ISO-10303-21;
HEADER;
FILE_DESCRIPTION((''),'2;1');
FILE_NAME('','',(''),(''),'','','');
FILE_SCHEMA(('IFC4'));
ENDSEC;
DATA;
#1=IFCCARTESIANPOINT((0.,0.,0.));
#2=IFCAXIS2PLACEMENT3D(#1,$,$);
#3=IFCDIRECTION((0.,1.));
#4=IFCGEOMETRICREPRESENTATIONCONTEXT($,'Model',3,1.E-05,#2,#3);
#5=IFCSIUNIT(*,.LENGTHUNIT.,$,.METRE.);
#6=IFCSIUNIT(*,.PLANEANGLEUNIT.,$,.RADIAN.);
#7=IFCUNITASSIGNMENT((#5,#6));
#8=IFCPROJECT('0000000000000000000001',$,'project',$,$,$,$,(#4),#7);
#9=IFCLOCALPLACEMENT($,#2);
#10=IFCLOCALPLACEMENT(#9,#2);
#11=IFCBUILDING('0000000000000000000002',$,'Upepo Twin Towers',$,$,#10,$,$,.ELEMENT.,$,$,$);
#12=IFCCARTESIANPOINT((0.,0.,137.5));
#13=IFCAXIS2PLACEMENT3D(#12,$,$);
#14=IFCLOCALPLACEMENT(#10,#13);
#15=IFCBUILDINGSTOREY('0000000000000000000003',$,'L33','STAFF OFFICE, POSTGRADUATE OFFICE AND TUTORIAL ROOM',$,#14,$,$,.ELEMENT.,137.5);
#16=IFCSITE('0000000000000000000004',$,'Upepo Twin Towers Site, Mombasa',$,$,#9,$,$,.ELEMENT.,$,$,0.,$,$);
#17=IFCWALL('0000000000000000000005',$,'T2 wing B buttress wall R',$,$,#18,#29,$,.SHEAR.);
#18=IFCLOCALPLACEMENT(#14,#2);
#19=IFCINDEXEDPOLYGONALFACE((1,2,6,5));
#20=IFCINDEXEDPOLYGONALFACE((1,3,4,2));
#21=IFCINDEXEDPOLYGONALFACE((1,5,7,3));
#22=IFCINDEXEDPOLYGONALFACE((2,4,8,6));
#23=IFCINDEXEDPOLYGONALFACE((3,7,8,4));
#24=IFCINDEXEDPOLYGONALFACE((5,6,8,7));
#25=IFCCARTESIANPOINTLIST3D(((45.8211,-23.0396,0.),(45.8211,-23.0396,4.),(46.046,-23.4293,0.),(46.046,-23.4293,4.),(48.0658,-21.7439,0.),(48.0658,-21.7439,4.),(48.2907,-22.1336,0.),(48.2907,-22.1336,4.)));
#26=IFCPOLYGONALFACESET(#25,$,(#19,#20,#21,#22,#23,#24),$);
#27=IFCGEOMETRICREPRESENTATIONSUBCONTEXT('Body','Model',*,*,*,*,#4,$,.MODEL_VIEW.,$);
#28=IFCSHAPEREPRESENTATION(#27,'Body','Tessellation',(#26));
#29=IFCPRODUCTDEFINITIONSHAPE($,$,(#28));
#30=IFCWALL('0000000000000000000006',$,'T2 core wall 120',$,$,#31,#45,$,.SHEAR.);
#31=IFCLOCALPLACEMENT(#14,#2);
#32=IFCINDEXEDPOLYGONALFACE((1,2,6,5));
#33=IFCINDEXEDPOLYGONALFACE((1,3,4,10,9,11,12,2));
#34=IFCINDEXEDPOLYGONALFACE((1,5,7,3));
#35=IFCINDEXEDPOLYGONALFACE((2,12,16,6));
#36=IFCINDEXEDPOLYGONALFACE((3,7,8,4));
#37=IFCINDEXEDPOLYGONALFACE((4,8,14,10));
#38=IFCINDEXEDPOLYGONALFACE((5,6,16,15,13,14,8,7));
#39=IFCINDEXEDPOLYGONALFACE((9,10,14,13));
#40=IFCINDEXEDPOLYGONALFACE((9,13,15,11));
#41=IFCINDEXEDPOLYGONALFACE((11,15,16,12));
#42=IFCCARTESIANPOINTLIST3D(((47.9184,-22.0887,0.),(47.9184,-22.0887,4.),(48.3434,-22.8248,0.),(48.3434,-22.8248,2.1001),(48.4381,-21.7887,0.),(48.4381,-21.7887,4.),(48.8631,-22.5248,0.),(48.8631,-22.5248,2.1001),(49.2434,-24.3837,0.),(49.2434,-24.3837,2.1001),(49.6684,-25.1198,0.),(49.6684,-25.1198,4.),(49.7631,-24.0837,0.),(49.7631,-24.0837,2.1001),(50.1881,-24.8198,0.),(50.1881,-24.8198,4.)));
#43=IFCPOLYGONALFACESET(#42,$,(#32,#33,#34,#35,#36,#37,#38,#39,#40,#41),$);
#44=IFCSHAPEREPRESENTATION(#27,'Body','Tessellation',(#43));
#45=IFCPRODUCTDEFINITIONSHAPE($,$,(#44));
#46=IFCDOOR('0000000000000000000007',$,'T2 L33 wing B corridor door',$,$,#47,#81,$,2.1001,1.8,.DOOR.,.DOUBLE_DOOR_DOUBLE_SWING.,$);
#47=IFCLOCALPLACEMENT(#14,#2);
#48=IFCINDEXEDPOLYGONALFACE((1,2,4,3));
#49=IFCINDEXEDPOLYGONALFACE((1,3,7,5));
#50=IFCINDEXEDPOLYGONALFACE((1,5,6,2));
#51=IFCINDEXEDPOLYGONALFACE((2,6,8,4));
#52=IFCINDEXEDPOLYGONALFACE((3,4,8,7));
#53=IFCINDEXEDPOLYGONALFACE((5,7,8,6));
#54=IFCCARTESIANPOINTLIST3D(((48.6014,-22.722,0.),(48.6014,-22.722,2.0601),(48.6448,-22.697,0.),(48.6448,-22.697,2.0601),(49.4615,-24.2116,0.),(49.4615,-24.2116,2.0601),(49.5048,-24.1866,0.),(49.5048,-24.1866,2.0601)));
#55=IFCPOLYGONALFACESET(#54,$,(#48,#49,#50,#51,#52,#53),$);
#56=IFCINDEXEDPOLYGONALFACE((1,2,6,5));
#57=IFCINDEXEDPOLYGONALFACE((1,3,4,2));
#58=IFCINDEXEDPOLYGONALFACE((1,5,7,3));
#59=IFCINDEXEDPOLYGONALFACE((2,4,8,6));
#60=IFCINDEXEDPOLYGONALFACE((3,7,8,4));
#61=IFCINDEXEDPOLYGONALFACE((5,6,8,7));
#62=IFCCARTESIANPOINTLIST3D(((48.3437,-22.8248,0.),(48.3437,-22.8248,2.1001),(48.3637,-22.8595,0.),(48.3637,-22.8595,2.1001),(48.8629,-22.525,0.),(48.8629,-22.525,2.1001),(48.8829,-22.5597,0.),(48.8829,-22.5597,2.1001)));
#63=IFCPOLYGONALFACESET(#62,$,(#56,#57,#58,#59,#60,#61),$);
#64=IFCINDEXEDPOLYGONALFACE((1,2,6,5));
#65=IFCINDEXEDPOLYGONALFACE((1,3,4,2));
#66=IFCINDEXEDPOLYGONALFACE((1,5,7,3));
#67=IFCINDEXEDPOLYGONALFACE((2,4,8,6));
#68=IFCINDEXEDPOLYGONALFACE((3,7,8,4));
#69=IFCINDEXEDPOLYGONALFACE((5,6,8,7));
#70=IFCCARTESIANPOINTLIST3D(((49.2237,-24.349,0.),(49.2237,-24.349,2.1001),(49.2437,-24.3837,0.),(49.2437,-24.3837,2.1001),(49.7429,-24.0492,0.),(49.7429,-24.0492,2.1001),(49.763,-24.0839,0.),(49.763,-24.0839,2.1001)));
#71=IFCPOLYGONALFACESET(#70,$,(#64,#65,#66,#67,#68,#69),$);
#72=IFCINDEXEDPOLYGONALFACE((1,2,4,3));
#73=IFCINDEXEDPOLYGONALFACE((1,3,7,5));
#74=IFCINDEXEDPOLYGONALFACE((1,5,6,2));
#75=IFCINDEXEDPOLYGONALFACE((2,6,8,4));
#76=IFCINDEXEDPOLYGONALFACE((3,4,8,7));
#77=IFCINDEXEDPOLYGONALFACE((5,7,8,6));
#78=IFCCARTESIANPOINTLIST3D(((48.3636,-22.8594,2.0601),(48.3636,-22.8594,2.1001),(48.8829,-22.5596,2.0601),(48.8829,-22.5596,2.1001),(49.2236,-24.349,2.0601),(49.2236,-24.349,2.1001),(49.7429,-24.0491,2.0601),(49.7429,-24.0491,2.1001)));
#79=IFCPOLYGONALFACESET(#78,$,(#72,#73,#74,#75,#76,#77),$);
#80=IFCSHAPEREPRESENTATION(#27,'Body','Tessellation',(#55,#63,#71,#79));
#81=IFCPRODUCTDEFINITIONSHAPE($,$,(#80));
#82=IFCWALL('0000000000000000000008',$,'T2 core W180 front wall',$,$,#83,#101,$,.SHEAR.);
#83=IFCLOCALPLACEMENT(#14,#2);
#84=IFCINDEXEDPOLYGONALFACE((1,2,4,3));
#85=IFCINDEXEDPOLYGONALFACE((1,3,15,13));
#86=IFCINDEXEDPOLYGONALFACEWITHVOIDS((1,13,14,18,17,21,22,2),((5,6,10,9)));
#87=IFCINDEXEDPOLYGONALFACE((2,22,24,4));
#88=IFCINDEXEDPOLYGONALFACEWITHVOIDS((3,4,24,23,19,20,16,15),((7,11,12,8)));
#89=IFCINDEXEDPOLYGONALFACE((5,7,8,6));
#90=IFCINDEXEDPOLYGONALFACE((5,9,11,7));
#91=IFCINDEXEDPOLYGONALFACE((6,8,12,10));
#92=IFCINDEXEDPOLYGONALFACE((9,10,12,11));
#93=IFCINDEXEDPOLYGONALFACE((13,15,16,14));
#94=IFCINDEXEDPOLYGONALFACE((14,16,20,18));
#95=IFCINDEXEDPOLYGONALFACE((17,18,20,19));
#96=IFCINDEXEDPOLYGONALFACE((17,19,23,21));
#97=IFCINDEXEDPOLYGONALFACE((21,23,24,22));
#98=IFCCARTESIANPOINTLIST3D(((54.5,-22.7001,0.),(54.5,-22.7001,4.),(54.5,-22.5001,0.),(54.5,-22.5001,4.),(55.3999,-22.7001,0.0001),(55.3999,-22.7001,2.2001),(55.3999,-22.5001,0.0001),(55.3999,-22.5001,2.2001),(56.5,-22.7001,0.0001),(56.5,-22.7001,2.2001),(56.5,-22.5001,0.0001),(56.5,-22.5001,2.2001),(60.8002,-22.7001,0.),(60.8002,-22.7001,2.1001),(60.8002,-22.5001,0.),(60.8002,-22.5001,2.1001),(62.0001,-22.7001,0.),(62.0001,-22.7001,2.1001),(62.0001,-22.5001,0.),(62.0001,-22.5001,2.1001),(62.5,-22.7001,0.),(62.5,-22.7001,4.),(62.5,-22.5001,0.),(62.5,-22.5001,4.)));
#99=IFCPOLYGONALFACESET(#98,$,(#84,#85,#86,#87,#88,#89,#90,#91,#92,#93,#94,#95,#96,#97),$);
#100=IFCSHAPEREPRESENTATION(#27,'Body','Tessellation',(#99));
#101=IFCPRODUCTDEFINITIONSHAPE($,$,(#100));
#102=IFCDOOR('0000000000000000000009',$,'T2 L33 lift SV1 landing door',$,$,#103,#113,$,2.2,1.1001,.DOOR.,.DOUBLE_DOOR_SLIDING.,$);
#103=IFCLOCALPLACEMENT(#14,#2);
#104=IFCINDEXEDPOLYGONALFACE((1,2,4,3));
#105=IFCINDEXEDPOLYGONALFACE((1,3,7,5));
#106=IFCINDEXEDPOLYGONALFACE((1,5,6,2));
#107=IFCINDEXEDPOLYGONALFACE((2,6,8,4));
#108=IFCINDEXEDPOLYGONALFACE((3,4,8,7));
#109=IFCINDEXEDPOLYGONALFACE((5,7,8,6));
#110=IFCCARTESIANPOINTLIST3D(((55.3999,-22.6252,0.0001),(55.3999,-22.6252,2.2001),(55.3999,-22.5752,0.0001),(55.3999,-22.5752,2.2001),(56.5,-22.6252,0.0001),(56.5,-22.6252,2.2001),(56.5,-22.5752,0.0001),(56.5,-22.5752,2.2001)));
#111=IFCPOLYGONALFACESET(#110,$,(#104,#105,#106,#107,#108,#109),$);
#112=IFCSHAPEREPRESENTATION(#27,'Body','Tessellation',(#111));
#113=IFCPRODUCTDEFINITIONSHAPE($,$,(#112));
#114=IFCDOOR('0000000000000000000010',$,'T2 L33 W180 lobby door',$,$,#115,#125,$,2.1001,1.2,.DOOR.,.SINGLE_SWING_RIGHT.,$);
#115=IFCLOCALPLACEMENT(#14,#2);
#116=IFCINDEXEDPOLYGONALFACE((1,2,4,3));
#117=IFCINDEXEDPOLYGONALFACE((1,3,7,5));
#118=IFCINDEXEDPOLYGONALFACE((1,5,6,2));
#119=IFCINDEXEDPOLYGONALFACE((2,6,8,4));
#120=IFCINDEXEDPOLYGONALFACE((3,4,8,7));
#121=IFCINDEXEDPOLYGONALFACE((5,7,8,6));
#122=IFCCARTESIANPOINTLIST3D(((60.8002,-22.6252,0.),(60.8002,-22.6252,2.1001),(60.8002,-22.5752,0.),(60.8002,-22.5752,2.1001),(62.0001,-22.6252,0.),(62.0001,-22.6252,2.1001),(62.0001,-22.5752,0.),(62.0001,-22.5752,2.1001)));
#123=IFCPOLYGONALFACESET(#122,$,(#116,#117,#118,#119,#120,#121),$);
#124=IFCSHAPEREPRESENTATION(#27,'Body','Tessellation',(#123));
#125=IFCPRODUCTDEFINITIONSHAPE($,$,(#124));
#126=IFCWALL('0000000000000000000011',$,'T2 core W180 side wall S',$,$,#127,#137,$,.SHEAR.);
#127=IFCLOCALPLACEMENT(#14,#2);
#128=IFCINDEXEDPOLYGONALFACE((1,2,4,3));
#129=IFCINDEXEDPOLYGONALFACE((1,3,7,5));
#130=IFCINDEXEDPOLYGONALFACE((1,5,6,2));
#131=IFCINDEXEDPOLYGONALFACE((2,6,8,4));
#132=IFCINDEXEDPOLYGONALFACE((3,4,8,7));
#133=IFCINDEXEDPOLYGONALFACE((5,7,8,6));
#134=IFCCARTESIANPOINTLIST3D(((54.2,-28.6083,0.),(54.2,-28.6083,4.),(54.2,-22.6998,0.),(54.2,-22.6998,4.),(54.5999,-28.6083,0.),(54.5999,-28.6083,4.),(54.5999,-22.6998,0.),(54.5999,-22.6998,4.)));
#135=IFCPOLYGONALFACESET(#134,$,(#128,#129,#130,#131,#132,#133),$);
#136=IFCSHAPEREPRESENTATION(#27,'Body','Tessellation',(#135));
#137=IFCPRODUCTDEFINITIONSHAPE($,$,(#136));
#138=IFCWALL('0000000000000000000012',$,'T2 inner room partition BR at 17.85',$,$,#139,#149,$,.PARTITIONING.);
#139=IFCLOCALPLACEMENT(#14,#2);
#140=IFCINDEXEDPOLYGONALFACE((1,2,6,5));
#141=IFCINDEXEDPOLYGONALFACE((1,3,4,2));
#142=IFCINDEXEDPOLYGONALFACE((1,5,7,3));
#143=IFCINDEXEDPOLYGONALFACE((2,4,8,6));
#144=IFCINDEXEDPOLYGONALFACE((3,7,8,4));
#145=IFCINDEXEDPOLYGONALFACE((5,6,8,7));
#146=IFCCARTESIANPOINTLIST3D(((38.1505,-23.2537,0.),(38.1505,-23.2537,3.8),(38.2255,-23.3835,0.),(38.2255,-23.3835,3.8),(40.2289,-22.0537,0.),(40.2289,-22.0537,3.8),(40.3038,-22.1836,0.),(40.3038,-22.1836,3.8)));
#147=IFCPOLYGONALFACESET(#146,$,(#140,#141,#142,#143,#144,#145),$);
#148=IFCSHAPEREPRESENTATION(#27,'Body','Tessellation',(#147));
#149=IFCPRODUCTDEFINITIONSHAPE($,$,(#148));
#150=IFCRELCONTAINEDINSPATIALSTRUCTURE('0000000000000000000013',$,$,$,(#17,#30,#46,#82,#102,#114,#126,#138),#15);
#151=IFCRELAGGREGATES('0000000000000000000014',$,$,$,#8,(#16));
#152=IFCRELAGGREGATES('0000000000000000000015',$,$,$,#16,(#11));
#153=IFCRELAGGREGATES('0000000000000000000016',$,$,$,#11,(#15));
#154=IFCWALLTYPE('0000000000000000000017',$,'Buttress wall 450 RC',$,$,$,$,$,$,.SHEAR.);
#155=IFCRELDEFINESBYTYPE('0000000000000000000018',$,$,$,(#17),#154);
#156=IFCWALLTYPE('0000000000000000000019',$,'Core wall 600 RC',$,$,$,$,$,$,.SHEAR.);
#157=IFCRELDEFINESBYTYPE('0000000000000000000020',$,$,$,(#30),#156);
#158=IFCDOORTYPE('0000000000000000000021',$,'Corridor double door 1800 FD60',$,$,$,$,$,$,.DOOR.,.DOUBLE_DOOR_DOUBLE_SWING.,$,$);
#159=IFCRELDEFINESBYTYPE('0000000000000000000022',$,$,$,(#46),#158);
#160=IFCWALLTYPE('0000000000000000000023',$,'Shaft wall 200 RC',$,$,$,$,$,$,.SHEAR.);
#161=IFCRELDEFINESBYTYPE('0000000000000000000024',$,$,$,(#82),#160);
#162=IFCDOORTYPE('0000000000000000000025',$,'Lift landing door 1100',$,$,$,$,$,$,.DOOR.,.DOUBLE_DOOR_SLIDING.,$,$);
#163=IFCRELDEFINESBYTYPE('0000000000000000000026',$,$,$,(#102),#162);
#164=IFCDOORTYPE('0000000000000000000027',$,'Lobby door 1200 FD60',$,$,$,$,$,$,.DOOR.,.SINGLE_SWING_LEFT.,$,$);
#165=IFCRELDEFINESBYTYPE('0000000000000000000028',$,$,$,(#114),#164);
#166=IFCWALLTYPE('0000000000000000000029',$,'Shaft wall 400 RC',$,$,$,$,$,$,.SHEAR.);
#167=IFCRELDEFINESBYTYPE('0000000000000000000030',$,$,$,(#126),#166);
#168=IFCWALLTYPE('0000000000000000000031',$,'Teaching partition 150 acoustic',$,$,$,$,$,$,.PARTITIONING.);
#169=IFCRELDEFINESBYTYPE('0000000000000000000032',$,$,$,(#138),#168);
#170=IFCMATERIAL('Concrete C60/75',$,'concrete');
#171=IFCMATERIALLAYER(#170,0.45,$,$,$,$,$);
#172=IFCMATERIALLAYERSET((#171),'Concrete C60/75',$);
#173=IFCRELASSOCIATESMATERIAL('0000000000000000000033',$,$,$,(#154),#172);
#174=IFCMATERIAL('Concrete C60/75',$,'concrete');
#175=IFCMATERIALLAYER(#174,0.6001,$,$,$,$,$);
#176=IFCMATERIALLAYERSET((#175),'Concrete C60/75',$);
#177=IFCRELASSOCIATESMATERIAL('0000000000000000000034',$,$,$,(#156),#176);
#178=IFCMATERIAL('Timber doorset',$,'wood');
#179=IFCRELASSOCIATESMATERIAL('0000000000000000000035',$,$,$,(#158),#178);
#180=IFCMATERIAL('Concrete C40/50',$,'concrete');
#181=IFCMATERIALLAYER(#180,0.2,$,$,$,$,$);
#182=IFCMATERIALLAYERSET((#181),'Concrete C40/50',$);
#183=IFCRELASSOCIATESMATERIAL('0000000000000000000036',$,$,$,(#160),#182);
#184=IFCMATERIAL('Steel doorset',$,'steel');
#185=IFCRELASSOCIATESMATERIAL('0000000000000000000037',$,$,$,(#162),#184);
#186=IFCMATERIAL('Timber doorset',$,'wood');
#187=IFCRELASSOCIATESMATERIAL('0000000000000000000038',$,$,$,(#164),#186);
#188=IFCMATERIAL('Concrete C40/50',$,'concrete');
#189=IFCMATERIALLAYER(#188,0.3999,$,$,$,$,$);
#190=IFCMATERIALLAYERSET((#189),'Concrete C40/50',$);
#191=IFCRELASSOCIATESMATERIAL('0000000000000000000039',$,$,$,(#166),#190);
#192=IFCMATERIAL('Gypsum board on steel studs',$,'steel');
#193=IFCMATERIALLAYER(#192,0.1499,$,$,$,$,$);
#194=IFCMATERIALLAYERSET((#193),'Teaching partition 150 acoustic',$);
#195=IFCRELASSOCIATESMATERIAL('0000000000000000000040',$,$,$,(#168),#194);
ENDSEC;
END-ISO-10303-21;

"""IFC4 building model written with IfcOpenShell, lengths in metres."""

from ifc_helpers import new_model, si_unit, direction, frame, frame_2d, origin, place, context, subcontext, project, spatial, rectangle, extrude, material, layer, layer_set, type_object, element, fill, save


model = new_model("IFC4")

# Units and contexts
model_context = context("Model", 3, precision=1e-05, world=origin(), true_north=direction((0.0, 1.0)))
body_context = subcontext(model_context, "Body", "Model", "MODEL_VIEW")
ifc_project = project(units=[si_unit("LENGTHUNIT", "METRE"), si_unit("PLANEANGLEUNIT", "RADIAN")], contexts=[model_context])

# Site, building, storey
site_placement = place(None, origin())
site = spatial("IfcSite", under=ifc_project, at=site_placement, Name="Upepo Twin Towers Site, Mombasa", CompositionType="ELEMENT", RefElevation=0.0)
building_placement = place(site_placement, origin())
building = spatial("IfcBuilding", under=site, at=building_placement, Name="Upepo Twin Towers", CompositionType="ELEMENT")
storey_placement = place(building_placement, frame((0.0, 0.0, 137.5)))
storey = spatial("IfcBuildingStorey", under=building, at=storey_placement, Name="L33", Description="STAFF OFFICE, POSTGRADUATE OFFICE AND TUTORIAL ROOM", CompositionType="ELEMENT", Elevation=137.5)

# Wall
ifc_material_1 = material(Name="Concrete C60/75", Category="concrete")
ifc_layer_1 = layer(ifc_material_1, 0.45)
ifc_layer_set_1 = layer_set([ifc_layer_1], Name="Concrete C60/75")
wall_type_1 = type_object("IfcWallType", Name="Buttress wall 450 RC", PredefinedType="SHEAR", material=ifc_layer_set_1)
wall_1_placement = place(storey_placement, frame((48.1782, -21.9387, 0.0), z_axis=(0.0, 0.0, 1.0), x_axis=(-0.866073, -0.499918, 0.0)))
element("IfcWall", 1, at=wall_1_placement, inside=storey, type_object=wall_type_1, Name="T2 wing B buttress wall R", PredefinedType="SHEAR", context=body_context, shape_type="SweptSolid", body=[
    extrude(rectangle(XDim=2.5918, YDim=0.45, at=frame_2d((1.2959, 0.0))), origin(), (0.0, 0.0, 1.0), 4.0),
])

# Wall, opening, door
ifc_material_2 = material(Name="Concrete C60/75", Category="concrete")
ifc_layer_2 = layer(ifc_material_2, 0.6001)
ifc_layer_set_2 = layer_set([ifc_layer_2], Name="Concrete C60/75")
wall_type_2 = type_object("IfcWallType", Name="Core wall 600 RC", PredefinedType="SHEAR", material=ifc_layer_set_2)
wall_2_placement = place(storey_placement, frame((48.1782, -21.9387, 0.0), z_axis=(0.0, 0.0, 1.0), x_axis=(0.50001, -0.866019, 0.0)))
wall_2 = element("IfcWall", 2, at=wall_2_placement, inside=storey, type_object=wall_type_2, Name="T2 core wall 120", PredefinedType="SHEAR", context=body_context, shape_type="SweptSolid", body=[
    extrude(rectangle(XDim=3.5, YDim=0.6001, at=frame_2d((1.75, 0.0))), origin(), (0.0, 0.0, 1.0), 4.0),
])
opening_1_placement = place(wall_2_placement, frame((0.8501, 0.0, 0.0)))
opening_1 = element("IfcOpeningElement", 3, at=opening_1_placement, cuts=wall_2, PredefinedType="OPENING", context=body_context, shape_type="SweptSolid", body=[
    extrude(rectangle(XDim=1.8, YDim=2.1001, at=frame_2d((0.8999, 1.05))), frame((0.0, 0.3101, 0.0), z_axis=(0.0, -1.0, 0.0), x_axis=(1.0, 0.0, 0.0)), (0.0, 0.0, 1.0), 0.6201),
])
ifc_material_3 = material(Name="Timber doorset", Category="wood")
door_type_1 = type_object("IfcDoorType", Name="Corridor double door 1800 FD60", OperationType="DOUBLE_DOOR_DOUBLE_SWING", PredefinedType="DOOR", material=ifc_material_3)
door_1_placement = place(opening_1_placement, origin())
door_1 = element("IfcDoor", 4, at=door_1_placement, inside=storey, type_object=door_type_1, Name="T2 L33 wing B corridor door", OperationType="DOUBLE_DOOR_DOUBLE_SWING", OverallHeight=2.1001, OverallWidth=1.8, PredefinedType="DOOR", context=body_context, shape_type="SweptSolid", body=[
    extrude(rectangle(XDim=1.72, YDim=2.0601, at=frame_2d((0.8999, 1.03))), frame((0.0, 0.0249, 0.0), z_axis=(0.0, -1.0, 0.0), x_axis=(1.0, 0.0, 0.0)), (0.0, 0.0, 1.0), 0.05),
    extrude(rectangle(XDim=0.04, YDim=2.1001, at=frame_2d((0.02, 1.05))), frame((0.0, 0.2998, 0.0), z_axis=(0.0, -1.0, 0.0), x_axis=(1.0, 0.0, 0.0)), (0.0, 0.0, 1.0), 0.5996),
    extrude(rectangle(XDim=0.04, YDim=2.1001, at=frame_2d((1.78, 1.05))), frame((0.0, 0.2998, 0.0), z_axis=(0.0, -1.0, 0.0), x_axis=(1.0, 0.0, 0.0)), (0.0, 0.0, 1.0), 0.5996),
    extrude(rectangle(XDim=1.72, YDim=0.04, at=frame_2d((0.8999, 2.0801))), frame((0.0, 0.2998, 0.0), z_axis=(0.0, -1.0, 0.0), x_axis=(1.0, 0.0, 0.0)), (0.0, 0.0, 1.0), 0.5996),
])
fill(opening_1, door_1)

# Wall, openings, doors
ifc_material_4 = material(Name="Concrete C40/50", Category="concrete")
ifc_layer_3 = layer(ifc_material_4, 0.2)
ifc_layer_set_3 = layer_set([ifc_layer_3], Name="Concrete C40/50")
wall_type_3 = type_object("IfcWallType", Name="Shaft wall 200 RC", PredefinedType="SHEAR", material=ifc_layer_set_3)
wall_3_placement = place(storey_placement, frame((54.5, -22.6001, 0.0), z_axis=(0.0, 0.0, 1.0), x_axis=(1.0, 0.0, 0.0)))
wall_3 = element("IfcWall", 5, at=wall_3_placement, inside=storey, type_object=wall_type_3, Name="T2 core W180 front wall", PredefinedType="SHEAR", context=body_context, shape_type="SweptSolid", body=[
    extrude(rectangle(XDim=8.0, YDim=0.2, at=frame_2d((4.0, 0.0))), origin(), (0.0, 0.0, 1.0), 4.0),
])
opening_2_placement = place(wall_3_placement, frame((6.3, 0.0, 0.0)))
opening_2 = element("IfcOpeningElement", 6, at=opening_2_placement, cuts=wall_3, PredefinedType="OPENING", context=body_context, shape_type="SweptSolid", body=[
    extrude(rectangle(XDim=1.2, YDim=2.1001, at=frame_2d((0.6001, 1.05))), frame((0.0, 0.1099, 0.0), z_axis=(0.0, -1.0, 0.0), x_axis=(1.0, 0.0, 0.0)), (0.0, 0.0, 1.0), 0.22),
])
opening_3_placement = place(wall_3_placement, frame((0.8999, 0.0, 0.0)))
opening_3 = element("IfcOpeningElement", 7, at=opening_3_placement, cuts=wall_3, PredefinedType="OPENING", context=body_context, shape_type="SweptSolid", body=[
    extrude(rectangle(XDim=1.1001, YDim=2.2, at=frame_2d((0.55, 1.1001))), frame((0.0, 0.1099, 0.0), z_axis=(0.0, -1.0, 0.0), x_axis=(1.0, 0.0, 0.0)), (0.0, 0.0, 1.0), 0.22),
])
ifc_material_5 = material(Name="Steel doorset", Category="steel")
door_type_2 = type_object("IfcDoorType", Name="Lift landing door 1100", OperationType="DOUBLE_DOOR_SLIDING", PredefinedType="DOOR", material=ifc_material_5)
door_2_placement = place(opening_3_placement, origin())
door_2 = element("IfcDoor", 8, at=door_2_placement, inside=storey, type_object=door_type_2, Name="T2 L33 lift SV1 landing door", OperationType="DOUBLE_DOOR_SLIDING", OverallHeight=2.2, OverallWidth=1.1001, PredefinedType="DOOR", context=body_context, shape_type="SweptSolid", body=[
    extrude(rectangle(XDim=1.1001, YDim=2.2, at=frame_2d((0.55, 1.1001))), frame((0.0, 0.0249, 0.0), z_axis=(0.0, -1.0, 0.0), x_axis=(1.0, 0.0, 0.0)), (0.0, 0.0, 1.0), 0.05),
])
fill(opening_3, door_2)
ifc_material_6 = material(Name="Timber doorset", Category="wood")
door_type_3 = type_object("IfcDoorType", Name="Lobby door 1200 FD60", OperationType="SINGLE_SWING_LEFT", PredefinedType="DOOR", material=ifc_material_6)
door_3_placement = place(opening_2_placement, origin())
door_3 = element("IfcDoor", 9, at=door_3_placement, inside=storey, type_object=door_type_3, Name="T2 L33 W180 lobby door", OperationType="SINGLE_SWING_RIGHT", OverallHeight=2.1001, OverallWidth=1.2, PredefinedType="DOOR", context=body_context, shape_type="SweptSolid", body=[
    extrude(rectangle(XDim=1.2, YDim=2.1001, at=frame_2d((0.6001, 1.05))), frame((0.0, 0.0249, 0.0), z_axis=(0.0, -1.0, 0.0), x_axis=(1.0, 0.0, 0.0)), (0.0, 0.0, 1.0), 0.05),
])
fill(opening_2, door_3)

# Walls
ifc_material_7 = material(Name="Concrete C40/50", Category="concrete")
ifc_layer_4 = layer(ifc_material_7, 0.3999)
ifc_layer_set_4 = layer_set([ifc_layer_4], Name="Concrete C40/50")
wall_type_4 = type_object("IfcWallType", Name="Shaft wall 400 RC", PredefinedType="SHEAR", material=ifc_layer_set_4)
wall_4_placement = place(storey_placement, frame((54.3999, -22.7, 0.0), z_axis=(0.0, 0.0, 1.0), x_axis=(0.0, -1.0, 0.0)))
element("IfcWall", 10, at=wall_4_placement, inside=storey, type_object=wall_type_4, Name="T2 core W180 side wall S", PredefinedType="SHEAR", context=body_context, shape_type="SweptSolid", body=[
    extrude(rectangle(XDim=5.9084, YDim=0.3999, at=frame_2d((2.9541, 0.0))), origin(), (0.0, 0.0, 1.0), 4.0),
])
ifc_material_8 = material(Name="Gypsum board on steel studs", Category="steel")
ifc_layer_5 = layer(ifc_material_8, 0.1499)
ifc_layer_set_5 = layer_set([ifc_layer_5], Name="Teaching partition 150 acoustic")
wall_type_5 = type_object("IfcWallType", Name="Teaching partition 150 acoustic", PredefinedType="PARTITIONING", material=ifc_layer_set_5)
wall_5_placement = place(storey_placement, frame((40.2664, -22.1187, 0.0), z_axis=(0.0, 0.0, 1.0), x_axis=(-0.866025, -0.500001, 0.0)))
element("IfcWall", 11, at=wall_5_placement, inside=storey, type_object=wall_type_5, Name="T2 inner room partition BR at 17.85", PredefinedType="PARTITIONING", context=body_context, shape_type="SweptSolid", body=[
    extrude(rectangle(XDim=2.3999, YDim=0.1499, at=frame_2d((1.2, 0.0))), origin(), (0.0, 0.0, 1.0), 3.8),
])

save(model, "model.ifc")
